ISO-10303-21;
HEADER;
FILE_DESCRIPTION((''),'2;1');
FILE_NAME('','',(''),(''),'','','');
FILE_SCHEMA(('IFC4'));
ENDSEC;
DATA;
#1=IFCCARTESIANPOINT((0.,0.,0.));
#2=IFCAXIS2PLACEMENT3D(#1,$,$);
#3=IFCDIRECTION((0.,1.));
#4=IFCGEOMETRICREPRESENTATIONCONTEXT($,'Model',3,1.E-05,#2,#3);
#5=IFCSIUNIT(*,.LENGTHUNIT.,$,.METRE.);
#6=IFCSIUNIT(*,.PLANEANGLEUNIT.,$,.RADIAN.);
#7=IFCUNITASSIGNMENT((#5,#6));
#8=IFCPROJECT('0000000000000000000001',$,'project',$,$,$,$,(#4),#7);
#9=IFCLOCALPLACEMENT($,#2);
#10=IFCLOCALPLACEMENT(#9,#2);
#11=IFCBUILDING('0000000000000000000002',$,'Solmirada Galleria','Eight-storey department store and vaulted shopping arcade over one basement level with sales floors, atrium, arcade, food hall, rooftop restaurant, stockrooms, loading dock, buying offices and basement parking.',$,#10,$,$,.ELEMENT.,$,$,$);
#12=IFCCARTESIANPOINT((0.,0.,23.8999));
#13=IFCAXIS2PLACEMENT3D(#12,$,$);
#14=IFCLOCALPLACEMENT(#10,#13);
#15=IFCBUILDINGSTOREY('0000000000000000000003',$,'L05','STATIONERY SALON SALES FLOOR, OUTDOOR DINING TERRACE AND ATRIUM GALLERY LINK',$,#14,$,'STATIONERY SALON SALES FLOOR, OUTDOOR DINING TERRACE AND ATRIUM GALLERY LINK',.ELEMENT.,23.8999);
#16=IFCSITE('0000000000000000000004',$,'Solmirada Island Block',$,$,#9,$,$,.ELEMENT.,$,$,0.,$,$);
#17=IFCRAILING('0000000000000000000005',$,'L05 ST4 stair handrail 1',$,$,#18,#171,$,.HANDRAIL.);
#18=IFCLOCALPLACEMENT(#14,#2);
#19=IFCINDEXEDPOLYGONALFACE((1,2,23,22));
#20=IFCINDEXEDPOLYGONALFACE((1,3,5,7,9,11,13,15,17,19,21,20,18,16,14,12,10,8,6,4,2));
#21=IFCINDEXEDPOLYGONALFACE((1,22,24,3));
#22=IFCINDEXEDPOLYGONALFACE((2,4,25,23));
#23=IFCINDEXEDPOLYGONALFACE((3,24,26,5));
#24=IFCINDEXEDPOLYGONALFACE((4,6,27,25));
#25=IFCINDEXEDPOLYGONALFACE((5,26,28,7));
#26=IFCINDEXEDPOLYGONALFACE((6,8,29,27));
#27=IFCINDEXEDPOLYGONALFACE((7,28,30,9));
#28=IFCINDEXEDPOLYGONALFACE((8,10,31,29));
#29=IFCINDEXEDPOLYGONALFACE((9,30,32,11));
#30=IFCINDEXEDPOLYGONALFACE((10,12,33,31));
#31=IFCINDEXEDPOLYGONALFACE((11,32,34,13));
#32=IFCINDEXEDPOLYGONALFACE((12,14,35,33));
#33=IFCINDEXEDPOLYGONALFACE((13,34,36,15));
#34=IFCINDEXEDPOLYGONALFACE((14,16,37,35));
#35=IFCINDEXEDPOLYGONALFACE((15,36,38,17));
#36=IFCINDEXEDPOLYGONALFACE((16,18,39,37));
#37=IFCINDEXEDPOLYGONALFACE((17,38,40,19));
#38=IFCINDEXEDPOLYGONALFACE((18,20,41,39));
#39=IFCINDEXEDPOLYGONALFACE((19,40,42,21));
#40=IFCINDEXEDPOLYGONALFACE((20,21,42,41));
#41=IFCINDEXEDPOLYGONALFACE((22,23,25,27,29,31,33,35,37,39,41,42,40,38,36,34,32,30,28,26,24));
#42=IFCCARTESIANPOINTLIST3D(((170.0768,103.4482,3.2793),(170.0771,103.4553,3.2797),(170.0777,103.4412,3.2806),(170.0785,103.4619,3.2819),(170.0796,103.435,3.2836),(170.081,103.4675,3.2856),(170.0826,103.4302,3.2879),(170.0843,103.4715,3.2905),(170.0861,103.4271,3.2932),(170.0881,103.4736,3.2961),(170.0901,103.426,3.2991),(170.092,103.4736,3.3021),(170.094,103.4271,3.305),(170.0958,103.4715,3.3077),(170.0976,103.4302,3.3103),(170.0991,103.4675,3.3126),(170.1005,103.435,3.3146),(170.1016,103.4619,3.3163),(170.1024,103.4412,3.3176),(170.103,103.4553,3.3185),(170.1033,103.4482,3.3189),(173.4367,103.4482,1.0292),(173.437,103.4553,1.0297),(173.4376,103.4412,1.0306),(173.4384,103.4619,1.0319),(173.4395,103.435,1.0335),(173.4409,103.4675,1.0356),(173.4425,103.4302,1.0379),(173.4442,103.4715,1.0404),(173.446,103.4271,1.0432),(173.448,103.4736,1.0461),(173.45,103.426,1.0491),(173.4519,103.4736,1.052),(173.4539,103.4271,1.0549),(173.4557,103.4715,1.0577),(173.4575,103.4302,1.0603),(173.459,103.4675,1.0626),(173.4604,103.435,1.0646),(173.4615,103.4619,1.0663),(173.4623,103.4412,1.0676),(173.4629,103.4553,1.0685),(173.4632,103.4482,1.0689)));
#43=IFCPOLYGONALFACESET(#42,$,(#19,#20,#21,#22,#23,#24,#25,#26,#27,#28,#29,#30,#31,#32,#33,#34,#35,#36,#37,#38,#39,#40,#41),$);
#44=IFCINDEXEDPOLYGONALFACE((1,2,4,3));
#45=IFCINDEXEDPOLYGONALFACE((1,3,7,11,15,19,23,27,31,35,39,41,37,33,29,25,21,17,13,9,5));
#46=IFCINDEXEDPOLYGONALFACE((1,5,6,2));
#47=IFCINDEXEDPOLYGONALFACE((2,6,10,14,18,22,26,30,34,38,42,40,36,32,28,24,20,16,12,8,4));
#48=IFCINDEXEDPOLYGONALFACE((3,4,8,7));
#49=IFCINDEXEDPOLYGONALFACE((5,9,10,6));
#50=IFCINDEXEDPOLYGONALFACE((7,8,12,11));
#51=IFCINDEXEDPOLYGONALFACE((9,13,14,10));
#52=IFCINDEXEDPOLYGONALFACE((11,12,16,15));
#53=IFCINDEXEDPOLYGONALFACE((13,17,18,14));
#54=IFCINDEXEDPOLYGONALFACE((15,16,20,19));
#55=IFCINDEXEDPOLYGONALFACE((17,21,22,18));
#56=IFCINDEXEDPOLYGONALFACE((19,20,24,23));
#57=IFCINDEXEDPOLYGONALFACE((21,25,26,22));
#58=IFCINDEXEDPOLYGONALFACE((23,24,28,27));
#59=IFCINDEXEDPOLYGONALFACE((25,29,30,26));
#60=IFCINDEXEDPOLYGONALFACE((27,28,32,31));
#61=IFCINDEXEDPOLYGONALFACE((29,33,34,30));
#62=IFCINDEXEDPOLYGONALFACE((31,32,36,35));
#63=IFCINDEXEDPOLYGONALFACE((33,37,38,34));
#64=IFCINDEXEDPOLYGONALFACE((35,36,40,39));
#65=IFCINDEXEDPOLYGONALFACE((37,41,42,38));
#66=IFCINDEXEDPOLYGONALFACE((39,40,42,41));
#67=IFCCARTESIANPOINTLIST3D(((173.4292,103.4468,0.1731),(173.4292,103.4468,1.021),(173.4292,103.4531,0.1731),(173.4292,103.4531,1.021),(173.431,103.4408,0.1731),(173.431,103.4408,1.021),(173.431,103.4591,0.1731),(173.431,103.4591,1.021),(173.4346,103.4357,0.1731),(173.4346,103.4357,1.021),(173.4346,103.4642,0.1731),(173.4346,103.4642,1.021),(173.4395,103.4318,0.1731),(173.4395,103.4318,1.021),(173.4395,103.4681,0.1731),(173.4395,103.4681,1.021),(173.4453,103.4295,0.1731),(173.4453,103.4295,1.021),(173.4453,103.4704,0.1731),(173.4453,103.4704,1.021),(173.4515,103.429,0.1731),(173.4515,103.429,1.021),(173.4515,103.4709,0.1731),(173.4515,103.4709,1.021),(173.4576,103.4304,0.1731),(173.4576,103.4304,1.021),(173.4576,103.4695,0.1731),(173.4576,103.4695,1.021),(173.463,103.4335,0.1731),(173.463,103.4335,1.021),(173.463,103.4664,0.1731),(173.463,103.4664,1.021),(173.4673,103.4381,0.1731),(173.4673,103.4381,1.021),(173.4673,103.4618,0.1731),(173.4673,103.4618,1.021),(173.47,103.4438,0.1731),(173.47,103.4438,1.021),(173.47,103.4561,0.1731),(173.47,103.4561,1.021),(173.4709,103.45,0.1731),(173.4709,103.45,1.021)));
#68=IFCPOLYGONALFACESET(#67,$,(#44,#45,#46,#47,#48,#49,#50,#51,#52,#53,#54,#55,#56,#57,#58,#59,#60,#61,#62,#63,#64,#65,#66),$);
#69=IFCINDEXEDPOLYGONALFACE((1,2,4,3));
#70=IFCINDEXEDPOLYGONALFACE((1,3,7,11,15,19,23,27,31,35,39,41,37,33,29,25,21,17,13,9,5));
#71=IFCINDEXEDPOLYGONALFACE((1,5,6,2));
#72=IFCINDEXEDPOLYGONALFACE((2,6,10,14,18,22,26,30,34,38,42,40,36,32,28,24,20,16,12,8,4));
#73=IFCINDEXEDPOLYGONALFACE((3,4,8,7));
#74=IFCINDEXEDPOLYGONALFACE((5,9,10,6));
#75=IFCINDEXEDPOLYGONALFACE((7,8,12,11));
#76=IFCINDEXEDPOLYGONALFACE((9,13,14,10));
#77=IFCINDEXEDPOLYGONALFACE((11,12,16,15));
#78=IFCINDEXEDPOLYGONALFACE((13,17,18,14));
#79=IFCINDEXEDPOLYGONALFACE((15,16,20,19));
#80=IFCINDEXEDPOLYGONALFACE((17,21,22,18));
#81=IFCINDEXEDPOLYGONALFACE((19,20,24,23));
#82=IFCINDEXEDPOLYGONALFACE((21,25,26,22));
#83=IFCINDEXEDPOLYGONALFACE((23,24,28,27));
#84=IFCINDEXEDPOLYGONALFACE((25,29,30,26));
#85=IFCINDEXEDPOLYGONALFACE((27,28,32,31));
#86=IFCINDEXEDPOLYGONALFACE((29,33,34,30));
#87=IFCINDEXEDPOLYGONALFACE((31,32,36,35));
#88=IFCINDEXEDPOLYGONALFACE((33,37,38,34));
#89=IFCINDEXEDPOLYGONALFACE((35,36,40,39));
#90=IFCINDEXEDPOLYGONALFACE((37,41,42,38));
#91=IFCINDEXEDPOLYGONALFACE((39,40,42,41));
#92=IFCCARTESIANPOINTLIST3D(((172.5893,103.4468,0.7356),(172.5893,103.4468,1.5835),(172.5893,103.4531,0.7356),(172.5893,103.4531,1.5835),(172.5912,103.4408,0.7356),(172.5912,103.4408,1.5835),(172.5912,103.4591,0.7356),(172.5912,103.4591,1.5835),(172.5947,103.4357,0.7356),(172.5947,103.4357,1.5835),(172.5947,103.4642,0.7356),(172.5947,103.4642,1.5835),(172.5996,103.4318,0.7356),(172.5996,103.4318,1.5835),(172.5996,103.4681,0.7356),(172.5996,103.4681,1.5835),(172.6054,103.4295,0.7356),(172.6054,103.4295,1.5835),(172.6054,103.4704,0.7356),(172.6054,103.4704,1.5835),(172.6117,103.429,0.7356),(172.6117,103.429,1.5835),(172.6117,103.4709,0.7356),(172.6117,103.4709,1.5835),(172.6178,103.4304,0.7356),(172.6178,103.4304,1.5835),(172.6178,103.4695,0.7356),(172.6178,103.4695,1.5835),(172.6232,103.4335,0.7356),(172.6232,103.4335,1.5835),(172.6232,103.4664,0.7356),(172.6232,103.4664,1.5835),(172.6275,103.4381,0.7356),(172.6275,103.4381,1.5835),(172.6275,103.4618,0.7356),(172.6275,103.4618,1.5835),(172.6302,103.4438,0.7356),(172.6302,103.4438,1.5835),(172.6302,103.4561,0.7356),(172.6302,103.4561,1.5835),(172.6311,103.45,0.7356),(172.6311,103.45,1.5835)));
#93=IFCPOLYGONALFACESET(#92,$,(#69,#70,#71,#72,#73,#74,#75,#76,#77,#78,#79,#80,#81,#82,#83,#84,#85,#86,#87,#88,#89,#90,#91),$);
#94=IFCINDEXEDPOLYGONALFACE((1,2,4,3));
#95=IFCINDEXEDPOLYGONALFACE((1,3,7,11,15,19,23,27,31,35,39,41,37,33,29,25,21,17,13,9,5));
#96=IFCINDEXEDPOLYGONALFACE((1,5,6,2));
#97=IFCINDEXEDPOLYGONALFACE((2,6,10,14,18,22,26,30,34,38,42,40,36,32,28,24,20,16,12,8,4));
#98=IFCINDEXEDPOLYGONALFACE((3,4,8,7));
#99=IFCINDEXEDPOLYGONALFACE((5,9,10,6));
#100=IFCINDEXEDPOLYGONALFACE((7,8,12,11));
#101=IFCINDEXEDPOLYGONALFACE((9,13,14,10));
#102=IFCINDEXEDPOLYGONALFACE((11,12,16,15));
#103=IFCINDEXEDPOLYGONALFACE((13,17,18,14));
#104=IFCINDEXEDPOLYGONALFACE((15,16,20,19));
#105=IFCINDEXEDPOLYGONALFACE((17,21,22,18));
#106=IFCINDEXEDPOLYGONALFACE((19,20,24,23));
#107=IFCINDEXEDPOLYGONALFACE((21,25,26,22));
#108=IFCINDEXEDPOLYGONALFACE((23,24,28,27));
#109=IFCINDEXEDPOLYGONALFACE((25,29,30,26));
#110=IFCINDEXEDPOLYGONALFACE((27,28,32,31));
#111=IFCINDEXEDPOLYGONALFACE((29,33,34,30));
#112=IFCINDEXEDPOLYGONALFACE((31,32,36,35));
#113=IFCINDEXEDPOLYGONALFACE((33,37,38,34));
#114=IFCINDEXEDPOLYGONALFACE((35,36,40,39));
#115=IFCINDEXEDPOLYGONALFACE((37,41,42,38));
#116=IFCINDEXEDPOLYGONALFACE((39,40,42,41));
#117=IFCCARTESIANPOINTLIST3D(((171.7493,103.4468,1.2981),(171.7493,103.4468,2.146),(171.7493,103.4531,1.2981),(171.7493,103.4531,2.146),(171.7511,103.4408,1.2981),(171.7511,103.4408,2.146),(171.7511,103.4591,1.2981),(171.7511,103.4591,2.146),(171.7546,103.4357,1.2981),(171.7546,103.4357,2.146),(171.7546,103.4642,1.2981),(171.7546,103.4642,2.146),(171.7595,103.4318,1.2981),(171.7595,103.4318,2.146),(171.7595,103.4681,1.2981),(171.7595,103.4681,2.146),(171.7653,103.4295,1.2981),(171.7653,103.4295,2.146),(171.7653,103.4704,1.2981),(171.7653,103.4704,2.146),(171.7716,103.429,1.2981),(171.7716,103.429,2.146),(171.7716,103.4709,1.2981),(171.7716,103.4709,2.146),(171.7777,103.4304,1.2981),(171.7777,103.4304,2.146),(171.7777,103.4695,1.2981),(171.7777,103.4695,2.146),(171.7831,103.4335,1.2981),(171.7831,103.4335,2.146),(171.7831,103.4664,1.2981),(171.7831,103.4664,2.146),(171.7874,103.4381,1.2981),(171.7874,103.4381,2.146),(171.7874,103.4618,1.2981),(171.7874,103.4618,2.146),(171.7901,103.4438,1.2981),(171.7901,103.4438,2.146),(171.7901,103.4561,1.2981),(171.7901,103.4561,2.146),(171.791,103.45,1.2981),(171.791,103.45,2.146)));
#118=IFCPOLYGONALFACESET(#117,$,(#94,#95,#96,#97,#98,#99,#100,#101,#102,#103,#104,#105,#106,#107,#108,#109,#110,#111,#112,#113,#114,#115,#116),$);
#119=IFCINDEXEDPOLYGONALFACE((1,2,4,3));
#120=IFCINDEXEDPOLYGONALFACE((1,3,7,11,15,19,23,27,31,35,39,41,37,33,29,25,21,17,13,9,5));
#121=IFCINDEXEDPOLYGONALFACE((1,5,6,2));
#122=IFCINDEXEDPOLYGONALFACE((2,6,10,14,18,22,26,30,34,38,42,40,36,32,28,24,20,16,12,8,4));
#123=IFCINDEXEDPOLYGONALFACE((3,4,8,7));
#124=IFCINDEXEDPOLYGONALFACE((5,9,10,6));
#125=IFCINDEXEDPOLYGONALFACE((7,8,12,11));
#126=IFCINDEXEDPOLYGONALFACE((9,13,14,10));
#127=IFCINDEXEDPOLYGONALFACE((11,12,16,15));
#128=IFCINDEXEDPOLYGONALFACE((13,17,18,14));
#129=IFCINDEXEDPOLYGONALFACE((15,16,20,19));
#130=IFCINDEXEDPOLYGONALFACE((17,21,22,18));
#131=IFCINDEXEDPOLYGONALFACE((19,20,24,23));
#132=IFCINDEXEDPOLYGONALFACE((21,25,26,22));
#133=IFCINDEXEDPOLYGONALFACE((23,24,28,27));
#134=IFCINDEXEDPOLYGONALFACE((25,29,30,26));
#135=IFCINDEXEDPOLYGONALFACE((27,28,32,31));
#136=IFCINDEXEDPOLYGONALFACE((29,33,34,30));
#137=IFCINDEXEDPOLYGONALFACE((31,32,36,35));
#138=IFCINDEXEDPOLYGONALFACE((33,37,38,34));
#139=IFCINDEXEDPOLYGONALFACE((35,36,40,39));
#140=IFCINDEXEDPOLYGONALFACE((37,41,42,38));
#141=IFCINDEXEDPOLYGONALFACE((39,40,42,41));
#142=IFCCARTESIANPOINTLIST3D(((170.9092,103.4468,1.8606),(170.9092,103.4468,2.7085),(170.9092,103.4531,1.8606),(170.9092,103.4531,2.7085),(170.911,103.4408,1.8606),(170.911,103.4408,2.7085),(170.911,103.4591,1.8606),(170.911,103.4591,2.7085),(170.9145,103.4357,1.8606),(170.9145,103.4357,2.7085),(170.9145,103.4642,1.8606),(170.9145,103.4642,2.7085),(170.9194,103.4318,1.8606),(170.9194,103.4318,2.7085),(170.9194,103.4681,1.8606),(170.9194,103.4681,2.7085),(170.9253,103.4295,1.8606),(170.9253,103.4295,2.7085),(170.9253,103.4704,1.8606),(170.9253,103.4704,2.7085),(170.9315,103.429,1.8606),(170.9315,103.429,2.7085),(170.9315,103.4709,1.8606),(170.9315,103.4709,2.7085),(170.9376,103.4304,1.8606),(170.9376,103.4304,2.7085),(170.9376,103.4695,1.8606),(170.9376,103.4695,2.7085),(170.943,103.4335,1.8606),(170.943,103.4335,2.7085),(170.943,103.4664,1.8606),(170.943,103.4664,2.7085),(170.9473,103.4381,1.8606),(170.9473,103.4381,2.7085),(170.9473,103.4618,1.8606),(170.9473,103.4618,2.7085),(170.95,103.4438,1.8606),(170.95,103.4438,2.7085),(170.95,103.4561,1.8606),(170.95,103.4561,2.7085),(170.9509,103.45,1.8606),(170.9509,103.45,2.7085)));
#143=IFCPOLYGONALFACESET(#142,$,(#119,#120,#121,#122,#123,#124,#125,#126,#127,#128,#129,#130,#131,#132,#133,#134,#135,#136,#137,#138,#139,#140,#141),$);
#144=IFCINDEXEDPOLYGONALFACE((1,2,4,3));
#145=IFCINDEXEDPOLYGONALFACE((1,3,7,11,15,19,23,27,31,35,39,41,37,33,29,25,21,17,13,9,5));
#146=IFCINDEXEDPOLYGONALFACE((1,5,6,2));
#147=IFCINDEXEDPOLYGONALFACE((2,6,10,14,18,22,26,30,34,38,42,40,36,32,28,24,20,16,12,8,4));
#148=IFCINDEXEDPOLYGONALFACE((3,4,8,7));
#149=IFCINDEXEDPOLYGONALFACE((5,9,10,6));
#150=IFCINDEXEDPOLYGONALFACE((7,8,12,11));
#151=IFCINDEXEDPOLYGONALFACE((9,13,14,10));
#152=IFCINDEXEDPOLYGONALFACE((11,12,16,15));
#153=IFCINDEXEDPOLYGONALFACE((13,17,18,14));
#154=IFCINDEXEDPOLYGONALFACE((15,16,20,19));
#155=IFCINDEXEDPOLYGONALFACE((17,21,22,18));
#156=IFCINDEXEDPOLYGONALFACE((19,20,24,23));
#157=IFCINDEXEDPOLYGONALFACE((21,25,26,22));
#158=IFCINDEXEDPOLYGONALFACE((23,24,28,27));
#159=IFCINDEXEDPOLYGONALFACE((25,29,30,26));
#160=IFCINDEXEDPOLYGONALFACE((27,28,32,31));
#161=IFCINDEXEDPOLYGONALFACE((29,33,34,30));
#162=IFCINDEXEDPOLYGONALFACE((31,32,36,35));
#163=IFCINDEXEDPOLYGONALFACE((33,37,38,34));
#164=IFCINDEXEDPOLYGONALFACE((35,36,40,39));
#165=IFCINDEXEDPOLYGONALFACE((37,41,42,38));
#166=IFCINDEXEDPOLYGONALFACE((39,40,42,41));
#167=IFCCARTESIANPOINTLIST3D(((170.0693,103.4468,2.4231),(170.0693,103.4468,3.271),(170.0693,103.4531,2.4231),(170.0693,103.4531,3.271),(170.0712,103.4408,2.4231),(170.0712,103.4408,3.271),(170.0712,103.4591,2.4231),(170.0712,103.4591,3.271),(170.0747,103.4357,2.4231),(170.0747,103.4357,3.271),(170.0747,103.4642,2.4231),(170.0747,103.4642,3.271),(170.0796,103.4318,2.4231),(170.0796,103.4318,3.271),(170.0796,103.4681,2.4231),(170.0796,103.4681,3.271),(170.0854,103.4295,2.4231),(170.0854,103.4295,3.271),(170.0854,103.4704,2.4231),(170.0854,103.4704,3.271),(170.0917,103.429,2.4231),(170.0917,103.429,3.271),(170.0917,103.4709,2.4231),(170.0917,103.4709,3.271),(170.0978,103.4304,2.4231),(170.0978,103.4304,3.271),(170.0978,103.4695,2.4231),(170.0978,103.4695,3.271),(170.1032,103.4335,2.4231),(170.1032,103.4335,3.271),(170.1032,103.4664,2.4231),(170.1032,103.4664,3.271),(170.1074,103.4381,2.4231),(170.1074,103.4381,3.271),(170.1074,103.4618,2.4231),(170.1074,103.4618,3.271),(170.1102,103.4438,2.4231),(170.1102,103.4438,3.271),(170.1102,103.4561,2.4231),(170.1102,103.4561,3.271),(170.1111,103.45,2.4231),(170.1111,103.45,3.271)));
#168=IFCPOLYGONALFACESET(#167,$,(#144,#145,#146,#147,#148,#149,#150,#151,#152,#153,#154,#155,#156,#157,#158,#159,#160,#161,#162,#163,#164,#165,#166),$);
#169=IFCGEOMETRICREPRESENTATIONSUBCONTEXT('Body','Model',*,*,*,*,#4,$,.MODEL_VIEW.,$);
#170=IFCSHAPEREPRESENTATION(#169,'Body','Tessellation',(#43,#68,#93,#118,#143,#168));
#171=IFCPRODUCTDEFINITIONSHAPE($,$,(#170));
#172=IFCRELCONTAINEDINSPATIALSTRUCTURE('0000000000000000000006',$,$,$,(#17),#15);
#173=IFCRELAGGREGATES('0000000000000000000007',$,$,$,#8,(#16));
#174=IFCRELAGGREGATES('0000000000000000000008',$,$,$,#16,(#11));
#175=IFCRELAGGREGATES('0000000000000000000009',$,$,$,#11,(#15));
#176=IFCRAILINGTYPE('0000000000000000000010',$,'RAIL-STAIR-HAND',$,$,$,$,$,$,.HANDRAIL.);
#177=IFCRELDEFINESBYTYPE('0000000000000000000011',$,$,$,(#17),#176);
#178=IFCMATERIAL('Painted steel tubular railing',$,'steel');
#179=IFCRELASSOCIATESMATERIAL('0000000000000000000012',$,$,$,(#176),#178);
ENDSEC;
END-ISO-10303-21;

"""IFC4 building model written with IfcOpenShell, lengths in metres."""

from ifc_helpers import new_model, si_unit, direction, frame, origin, origin_2d, place, context, subcontext, project, spatial, circle, extrude, material, type_object, element, save


model = new_model("IFC4")

# Units and contexts
model_context = context("Model", 3, precision=1e-05, world=origin(), true_north=direction((0.0, 1.0)))
body_context = subcontext(model_context, "Body", "Model", "MODEL_VIEW")
ifc_project = project(units=[si_unit("LENGTHUNIT", "METRE"), si_unit("PLANEANGLEUNIT", "RADIAN")], contexts=[model_context])

# Site, building, storey
site_placement = place(None, origin())
site = spatial("IfcSite", under=ifc_project, at=site_placement, Name="Solmirada Island Block", CompositionType="ELEMENT", RefElevation=0.0)
building_placement = place(site_placement, origin())
building = spatial("IfcBuilding", under=site, at=building_placement, Name="Solmirada Galleria", Description="Eight-storey department store and vaulted shopping arcade over one basement level with sales floors, atrium, arcade, food hall, rooftop restaurant, stockrooms, loading dock, buying offices and basement parking.", CompositionType="ELEMENT")
storey_placement = place(building_placement, frame((0.0, 0.0, 23.8999)))
storey = spatial("IfcBuildingStorey", under=building, at=storey_placement, Name="L05", Description="STATIONERY SALON SALES FLOOR, OUTDOOR DINING TERRACE AND ATRIUM GALLERY LINK", LongName="STATIONERY SALON SALES FLOOR, OUTDOOR DINING TERRACE AND ATRIUM GALLERY LINK", CompositionType="ELEMENT", Elevation=23.8999)

# Railing
ifc_material_1 = material(Name="Painted steel tubular railing", Category="steel")
railing_type_1 = type_object("IfcRailingType", Name="RAIL-STAIR-HAND", PredefinedType="HANDRAIL", material=ifc_material_1)
railing_1_placement = place(storey_placement, frame((173.45, 103.45, 0.1731)))
element("IfcRailing", 1, at=railing_1_placement, inside=storey, type_object=railing_type_1, Name="L05 ST4 stair handrail 1", PredefinedType="HANDRAIL", context=body_context, shape_type="SweptSolid", body=[
    extrude(circle(Radius=0.0239, at=origin_2d()), frame((0.0, 0.0, 0.876), z_axis=(-0.830897, 0.0, 0.556427), x_axis=(0.0, -1.0, 0.0)), (0.0, 0.0, 1.0), 4.0437),
    extrude(circle(Radius=0.021, at=origin_2d()), origin(), (0.0, 0.0, 1.0), 0.8479),
    extrude(circle(Radius=0.021, at=origin_2d()), frame((-0.8398, 0.0, 0.5625)), (0.0, 0.0, 1.0), 0.8479),
    extrude(circle(Radius=0.021, at=origin_2d()), frame((-1.6799, 0.0, 1.125)), (0.0, 0.0, 1.0), 0.8479),
    extrude(circle(Radius=0.021, at=origin_2d()), frame((-2.52, 0.0, 1.6875)), (0.0, 0.0, 1.0), 0.8479),
    extrude(circle(Radius=0.021, at=origin_2d()), frame((-3.3599, 0.0, 2.25)), (0.0, 0.0, 1.0), 0.8479),
])

save(model, "model.ifc")
